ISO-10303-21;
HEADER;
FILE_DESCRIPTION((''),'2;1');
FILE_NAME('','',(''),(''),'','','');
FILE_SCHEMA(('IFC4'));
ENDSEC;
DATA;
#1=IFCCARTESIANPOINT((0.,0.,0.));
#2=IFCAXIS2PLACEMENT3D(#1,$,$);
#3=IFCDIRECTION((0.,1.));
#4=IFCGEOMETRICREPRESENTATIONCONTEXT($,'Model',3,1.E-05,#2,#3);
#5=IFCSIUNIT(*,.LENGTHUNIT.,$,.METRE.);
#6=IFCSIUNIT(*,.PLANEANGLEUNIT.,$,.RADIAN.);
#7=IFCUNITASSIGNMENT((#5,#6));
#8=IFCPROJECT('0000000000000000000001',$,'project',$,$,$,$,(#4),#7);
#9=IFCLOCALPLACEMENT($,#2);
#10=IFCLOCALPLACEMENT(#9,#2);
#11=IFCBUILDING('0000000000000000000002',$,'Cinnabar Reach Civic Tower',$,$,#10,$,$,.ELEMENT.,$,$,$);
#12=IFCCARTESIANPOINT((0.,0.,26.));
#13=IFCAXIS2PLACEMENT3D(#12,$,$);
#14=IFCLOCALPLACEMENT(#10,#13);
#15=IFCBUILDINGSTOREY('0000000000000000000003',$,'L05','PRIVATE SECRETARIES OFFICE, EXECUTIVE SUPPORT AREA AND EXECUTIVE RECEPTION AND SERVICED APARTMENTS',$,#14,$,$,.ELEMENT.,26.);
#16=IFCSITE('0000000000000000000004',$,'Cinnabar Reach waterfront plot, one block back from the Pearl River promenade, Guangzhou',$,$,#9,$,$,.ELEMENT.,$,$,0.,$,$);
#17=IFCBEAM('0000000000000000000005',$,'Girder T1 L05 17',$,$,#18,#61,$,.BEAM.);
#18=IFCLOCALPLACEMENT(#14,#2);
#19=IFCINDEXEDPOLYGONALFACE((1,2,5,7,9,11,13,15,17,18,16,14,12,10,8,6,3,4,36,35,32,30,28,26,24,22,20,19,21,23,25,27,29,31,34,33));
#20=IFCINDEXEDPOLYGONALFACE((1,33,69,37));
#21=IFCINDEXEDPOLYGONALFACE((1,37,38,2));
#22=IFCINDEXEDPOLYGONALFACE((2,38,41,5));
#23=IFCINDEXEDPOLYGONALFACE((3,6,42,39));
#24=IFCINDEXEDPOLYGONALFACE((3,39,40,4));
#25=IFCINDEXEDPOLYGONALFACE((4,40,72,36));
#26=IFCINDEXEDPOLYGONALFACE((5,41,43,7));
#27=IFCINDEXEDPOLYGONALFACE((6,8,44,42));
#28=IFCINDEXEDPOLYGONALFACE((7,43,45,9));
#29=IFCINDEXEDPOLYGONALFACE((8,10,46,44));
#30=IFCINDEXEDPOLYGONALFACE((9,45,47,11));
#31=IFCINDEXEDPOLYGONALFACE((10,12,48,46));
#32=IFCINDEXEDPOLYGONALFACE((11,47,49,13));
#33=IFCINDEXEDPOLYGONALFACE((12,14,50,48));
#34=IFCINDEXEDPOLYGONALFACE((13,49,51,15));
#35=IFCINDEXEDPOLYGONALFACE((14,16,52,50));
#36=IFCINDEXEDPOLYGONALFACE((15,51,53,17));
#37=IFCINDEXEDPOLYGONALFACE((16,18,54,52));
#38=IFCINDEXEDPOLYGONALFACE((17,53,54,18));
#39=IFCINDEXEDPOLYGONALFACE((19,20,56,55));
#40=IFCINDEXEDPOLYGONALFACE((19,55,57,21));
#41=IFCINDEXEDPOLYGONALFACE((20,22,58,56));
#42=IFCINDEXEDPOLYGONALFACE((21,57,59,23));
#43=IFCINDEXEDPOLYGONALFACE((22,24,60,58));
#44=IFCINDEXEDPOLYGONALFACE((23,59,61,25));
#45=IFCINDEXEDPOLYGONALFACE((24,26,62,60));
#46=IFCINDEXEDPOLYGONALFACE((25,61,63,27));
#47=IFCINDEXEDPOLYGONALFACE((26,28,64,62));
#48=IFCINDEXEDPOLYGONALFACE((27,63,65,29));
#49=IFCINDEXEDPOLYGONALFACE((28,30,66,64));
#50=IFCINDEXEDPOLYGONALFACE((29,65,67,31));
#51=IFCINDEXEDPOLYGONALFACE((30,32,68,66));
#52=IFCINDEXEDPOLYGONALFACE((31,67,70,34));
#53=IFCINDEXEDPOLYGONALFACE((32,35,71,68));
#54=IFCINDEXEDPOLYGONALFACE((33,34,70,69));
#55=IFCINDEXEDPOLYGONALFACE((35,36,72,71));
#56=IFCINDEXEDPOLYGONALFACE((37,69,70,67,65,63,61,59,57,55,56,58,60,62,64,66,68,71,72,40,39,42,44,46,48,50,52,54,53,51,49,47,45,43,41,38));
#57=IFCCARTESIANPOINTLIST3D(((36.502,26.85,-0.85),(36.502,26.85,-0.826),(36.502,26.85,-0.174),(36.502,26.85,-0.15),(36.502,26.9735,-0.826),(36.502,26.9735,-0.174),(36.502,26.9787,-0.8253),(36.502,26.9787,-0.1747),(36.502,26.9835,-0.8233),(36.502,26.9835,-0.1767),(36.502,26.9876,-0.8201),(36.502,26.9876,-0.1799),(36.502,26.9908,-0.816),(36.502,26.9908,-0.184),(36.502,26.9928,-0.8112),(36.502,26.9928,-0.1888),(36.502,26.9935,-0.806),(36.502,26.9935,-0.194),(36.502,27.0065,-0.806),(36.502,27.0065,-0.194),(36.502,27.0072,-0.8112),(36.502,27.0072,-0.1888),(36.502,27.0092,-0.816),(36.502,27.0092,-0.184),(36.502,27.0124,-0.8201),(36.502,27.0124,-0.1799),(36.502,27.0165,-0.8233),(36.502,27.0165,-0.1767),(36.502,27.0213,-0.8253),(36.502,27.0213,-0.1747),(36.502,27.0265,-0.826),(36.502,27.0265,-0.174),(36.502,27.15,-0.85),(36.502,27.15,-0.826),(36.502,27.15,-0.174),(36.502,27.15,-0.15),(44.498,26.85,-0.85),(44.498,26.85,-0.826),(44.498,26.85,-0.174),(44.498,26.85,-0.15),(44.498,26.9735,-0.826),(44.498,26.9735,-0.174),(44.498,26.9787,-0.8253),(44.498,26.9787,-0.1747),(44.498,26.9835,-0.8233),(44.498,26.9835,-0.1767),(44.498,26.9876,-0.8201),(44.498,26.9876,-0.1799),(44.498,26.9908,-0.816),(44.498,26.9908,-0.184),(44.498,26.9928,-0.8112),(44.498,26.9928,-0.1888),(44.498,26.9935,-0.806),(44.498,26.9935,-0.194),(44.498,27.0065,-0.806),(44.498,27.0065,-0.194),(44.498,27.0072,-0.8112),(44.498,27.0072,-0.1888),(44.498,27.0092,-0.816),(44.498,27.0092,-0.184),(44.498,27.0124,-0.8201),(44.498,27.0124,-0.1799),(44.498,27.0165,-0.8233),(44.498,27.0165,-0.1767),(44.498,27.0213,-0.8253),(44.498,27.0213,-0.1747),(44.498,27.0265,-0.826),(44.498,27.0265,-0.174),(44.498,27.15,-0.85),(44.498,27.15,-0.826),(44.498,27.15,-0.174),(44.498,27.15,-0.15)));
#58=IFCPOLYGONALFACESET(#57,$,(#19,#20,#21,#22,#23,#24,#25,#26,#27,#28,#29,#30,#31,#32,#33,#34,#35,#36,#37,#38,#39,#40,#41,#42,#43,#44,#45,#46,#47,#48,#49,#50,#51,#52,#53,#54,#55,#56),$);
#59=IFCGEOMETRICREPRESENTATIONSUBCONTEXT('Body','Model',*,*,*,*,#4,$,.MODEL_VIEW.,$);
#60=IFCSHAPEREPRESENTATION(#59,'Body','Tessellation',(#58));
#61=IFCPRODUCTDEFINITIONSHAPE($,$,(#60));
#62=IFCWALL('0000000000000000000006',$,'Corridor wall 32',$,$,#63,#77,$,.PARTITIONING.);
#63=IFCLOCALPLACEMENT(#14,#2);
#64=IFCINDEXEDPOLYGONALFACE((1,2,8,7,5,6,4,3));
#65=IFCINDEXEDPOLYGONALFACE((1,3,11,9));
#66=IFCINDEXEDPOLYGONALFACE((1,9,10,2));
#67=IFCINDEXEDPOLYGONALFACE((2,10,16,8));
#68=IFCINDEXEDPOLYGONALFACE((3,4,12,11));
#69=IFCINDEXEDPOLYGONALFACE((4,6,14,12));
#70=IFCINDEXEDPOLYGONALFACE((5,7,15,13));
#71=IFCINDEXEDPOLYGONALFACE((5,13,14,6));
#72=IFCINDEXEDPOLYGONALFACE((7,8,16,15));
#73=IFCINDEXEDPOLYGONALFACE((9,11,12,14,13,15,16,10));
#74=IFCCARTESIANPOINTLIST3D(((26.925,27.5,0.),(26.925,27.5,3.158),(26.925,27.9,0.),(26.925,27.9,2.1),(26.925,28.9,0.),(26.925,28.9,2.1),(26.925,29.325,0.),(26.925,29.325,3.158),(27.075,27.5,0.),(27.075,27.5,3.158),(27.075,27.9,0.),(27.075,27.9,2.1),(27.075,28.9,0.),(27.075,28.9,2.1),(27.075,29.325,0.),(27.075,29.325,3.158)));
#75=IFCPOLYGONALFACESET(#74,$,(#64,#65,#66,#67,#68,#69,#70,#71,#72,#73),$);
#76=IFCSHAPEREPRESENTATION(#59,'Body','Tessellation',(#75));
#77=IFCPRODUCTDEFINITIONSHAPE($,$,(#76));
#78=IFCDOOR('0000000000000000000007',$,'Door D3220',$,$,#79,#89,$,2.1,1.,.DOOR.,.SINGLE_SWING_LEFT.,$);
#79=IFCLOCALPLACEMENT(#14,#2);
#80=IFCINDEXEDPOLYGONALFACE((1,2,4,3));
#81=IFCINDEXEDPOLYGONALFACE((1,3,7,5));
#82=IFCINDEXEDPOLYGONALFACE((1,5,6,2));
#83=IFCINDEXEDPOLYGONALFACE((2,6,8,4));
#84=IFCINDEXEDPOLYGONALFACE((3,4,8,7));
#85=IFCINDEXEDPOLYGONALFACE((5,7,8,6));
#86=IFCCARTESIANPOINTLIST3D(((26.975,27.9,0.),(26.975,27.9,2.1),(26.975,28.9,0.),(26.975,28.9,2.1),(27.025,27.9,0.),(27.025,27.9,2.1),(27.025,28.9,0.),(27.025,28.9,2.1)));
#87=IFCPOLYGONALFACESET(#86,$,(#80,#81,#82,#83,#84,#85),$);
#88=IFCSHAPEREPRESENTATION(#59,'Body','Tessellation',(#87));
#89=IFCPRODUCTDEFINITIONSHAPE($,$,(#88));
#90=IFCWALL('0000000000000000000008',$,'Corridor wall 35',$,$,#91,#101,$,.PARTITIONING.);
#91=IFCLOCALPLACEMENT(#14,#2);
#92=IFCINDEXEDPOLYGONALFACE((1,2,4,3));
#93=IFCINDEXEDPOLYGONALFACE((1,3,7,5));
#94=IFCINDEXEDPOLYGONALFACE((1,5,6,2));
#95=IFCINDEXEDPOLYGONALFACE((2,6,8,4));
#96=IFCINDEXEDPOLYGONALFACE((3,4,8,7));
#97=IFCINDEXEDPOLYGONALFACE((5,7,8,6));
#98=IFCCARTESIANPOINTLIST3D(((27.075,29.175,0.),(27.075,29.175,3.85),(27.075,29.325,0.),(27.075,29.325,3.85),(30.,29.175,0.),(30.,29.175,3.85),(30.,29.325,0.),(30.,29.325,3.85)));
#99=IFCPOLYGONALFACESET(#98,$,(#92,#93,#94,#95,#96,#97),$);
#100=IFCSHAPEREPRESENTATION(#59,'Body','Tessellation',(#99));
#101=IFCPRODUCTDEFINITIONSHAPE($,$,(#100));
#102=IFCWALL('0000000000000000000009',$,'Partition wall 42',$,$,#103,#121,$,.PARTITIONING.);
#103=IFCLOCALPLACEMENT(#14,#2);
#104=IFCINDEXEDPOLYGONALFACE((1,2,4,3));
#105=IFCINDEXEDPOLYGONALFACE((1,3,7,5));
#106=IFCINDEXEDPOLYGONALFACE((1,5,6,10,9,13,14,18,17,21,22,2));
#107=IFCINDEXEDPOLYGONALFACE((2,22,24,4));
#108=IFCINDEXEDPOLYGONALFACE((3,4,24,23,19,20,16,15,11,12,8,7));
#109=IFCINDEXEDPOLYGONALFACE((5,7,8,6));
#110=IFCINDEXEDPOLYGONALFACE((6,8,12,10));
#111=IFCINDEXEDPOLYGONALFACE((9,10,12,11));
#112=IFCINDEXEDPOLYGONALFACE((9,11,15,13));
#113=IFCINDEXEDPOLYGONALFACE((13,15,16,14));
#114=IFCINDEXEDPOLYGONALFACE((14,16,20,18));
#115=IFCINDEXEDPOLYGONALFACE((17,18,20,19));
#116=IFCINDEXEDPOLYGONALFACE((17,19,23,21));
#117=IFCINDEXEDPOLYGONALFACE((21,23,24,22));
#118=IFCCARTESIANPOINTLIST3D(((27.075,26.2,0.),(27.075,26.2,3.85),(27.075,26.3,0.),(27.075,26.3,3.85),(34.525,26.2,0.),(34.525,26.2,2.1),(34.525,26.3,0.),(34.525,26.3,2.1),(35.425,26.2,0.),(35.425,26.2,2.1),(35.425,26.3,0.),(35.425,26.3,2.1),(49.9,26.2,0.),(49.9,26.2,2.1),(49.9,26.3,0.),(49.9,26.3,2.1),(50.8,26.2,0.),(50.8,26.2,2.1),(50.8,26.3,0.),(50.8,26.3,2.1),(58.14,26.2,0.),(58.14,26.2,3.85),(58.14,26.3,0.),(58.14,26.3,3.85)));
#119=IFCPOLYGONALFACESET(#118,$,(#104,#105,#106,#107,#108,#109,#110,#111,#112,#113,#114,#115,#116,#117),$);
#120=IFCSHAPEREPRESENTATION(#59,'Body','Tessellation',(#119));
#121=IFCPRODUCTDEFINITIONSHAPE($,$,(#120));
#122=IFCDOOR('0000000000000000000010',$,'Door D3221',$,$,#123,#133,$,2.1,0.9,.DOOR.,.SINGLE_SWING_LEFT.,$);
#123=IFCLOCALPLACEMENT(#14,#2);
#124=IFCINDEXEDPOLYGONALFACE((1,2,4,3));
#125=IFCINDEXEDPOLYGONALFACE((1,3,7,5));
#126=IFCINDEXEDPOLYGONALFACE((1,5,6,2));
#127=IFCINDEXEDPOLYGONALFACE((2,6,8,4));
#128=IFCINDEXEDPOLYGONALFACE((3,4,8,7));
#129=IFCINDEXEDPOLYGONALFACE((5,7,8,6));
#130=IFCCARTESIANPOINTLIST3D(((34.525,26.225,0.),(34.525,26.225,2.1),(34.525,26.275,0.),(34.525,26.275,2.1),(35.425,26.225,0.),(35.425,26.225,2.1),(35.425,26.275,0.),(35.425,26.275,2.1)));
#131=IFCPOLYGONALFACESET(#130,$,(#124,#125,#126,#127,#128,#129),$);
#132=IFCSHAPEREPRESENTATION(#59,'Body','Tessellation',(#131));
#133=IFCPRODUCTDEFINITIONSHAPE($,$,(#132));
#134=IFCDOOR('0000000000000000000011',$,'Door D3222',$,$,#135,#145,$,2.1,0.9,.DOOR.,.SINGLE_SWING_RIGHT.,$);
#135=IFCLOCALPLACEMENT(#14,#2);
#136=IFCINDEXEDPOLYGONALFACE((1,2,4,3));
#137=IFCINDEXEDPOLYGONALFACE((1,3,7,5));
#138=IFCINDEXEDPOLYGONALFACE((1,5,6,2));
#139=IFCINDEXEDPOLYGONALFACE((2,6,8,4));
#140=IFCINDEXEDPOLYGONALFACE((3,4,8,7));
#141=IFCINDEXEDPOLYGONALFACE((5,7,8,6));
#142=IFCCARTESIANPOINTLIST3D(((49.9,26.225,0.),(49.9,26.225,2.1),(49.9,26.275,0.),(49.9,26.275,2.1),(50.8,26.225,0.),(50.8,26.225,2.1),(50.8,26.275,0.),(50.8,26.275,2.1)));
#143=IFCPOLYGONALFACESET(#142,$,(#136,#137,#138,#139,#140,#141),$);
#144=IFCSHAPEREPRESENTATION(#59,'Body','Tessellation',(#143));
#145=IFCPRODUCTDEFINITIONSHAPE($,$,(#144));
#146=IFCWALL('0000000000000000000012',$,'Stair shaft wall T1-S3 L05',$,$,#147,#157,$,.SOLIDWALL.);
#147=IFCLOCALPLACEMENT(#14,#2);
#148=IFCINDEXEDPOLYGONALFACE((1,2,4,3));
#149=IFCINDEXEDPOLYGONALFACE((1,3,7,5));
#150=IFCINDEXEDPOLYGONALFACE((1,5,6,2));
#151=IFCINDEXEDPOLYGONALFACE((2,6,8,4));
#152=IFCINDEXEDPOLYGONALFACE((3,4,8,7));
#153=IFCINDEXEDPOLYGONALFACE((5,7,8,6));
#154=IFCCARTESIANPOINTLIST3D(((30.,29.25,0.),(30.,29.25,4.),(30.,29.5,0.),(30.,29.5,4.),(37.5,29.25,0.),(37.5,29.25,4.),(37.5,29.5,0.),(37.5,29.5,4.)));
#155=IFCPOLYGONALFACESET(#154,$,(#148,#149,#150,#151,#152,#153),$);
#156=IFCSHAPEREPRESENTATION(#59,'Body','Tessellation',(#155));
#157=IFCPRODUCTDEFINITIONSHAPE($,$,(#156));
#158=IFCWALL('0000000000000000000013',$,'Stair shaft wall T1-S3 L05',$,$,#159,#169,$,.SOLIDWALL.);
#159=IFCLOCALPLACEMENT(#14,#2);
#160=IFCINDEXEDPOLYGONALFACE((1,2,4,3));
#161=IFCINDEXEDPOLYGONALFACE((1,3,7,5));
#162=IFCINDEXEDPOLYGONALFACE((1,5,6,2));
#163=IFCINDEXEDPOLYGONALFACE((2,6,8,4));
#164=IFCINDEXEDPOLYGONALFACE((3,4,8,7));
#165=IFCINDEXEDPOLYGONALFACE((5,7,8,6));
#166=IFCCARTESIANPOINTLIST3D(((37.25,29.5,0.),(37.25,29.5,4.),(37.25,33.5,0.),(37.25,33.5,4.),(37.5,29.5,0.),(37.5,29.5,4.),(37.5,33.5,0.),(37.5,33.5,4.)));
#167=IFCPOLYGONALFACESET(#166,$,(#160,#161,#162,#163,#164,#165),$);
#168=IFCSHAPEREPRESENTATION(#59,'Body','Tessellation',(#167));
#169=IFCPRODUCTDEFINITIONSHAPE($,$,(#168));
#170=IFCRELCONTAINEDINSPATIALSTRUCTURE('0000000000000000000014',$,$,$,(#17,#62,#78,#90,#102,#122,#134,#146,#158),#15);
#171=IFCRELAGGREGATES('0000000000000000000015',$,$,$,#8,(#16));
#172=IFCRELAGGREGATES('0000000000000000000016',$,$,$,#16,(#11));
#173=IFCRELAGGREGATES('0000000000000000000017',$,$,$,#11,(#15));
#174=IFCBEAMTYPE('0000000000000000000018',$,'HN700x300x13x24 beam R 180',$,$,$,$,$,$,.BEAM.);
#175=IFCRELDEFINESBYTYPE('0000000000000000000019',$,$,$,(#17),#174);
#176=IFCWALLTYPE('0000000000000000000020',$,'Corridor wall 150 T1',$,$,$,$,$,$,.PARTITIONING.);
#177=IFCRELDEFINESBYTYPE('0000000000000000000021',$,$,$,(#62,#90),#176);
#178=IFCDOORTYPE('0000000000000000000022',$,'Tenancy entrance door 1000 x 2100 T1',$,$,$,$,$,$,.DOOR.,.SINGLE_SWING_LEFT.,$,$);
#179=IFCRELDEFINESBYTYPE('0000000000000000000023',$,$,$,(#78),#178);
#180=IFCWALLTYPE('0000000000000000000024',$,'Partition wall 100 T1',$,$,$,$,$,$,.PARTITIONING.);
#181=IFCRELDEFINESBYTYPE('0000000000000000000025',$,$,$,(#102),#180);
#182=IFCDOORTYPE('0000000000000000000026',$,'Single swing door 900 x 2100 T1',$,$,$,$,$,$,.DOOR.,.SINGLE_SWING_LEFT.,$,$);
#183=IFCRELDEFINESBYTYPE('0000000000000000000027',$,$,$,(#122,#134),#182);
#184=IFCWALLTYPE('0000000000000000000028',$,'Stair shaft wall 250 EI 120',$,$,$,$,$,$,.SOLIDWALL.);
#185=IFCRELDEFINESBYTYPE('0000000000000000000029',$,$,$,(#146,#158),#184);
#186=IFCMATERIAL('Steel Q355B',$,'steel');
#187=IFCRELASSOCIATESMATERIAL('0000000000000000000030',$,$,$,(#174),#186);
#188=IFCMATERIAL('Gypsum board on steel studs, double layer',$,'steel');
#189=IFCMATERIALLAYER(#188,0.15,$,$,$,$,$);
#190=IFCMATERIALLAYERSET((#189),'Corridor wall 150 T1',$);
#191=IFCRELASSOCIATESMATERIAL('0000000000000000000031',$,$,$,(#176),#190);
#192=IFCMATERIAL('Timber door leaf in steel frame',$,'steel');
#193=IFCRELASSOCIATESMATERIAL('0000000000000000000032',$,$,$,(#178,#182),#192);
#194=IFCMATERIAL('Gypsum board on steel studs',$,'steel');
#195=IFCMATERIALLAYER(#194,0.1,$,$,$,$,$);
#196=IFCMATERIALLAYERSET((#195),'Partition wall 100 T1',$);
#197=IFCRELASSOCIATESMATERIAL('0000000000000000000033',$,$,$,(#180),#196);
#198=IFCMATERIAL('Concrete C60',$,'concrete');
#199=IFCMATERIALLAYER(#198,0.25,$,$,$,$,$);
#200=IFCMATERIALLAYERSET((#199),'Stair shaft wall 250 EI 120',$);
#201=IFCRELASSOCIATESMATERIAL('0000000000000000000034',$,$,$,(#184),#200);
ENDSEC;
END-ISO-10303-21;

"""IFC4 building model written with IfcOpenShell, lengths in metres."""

from ifc_helpers import new_model, si_unit, direction, frame, frame_2d, origin, origin_2d, place, context, subcontext, project, spatial, rectangle, i_section, extrude, material, layer, layer_set, material_profile, profile_set, type_object, element, fill, save


model = new_model("IFC4")

# Units and contexts
model_context = context("Model", 3, precision=1e-05, world=origin(), true_north=direction((0.0, 1.0)))
body_context = subcontext(model_context, "Body", "Model", "MODEL_VIEW")
ifc_project = project(units=[si_unit("LENGTHUNIT", "METRE"), si_unit("PLANEANGLEUNIT", "RADIAN")], contexts=[model_context])

# Site, building, storey
site_placement = place(None, origin())
site = spatial("IfcSite", under=ifc_project, at=site_placement, Name="Cinnabar Reach waterfront plot, one block back from the Pearl River promenade, Guangzhou", CompositionType="ELEMENT", RefElevation=0.0)
building_placement = place(site_placement, origin())
building = spatial("IfcBuilding", under=site, at=building_placement, Name="Cinnabar Reach Civic Tower", CompositionType="ELEMENT")
storey_placement = place(building_placement, frame((0.0, 0.0, 26.0)))
storey = spatial("IfcBuildingStorey", under=building, at=storey_placement, Name="L05", Description="PRIVATE SECRETARIES OFFICE, EXECUTIVE SUPPORT AREA AND EXECUTIVE RECEPTION AND SERVICED APARTMENTS", CompositionType="ELEMENT", Elevation=26.0)

# Beam
ifc_material_1 = material(Name="Steel Q355B", Category="steel")
ifc_material_profile_1 = material_profile(ifc_material_1, i_section(OverallWidth=0.3, OverallDepth=0.7, WebThickness=0.013, FlangeThickness=0.024, FilletRadius=0.02, at=origin_2d()), Name="HN700x300x13x24")
ifc_profile_set_1 = profile_set([ifc_material_profile_1], Name="Steel Q355B")
beam_type_1 = type_object("IfcBeamType", Name="HN700x300x13x24 beam R 180", PredefinedType="BEAM", material=ifc_profile_set_1)
for number, where, z_axis, x_axis, name in (
    (1, (36.502, 27.0, -0.5), (1.0, 0.0, 0.0), (0.0, 1.0, 0.0), "Girder T1 L05 17"),
):
    element("IfcBeam", number, at=place(storey_placement, frame(where, z_axis=z_axis, x_axis=x_axis)), inside=storey, type_object=beam_type_1, Name=name, PredefinedType="BEAM", context=body_context, shape_type="SweptSolid", body=[
        extrude(i_section(OverallWidth=0.3, OverallDepth=0.7, WebThickness=0.013, FlangeThickness=0.024, FilletRadius=0.02, at=origin_2d()), origin(), (0.0, 0.0, 1.0), 7.996),
    ])

# Wall, opening, door
ifc_material_2 = material(Name="Gypsum board on steel studs, double layer", Category="steel")
ifc_layer_1 = layer(ifc_material_2, 0.15)
ifc_layer_set_1 = layer_set([ifc_layer_1], Name="Corridor wall 150 T1")
wall_type_1 = type_object("IfcWallType", Name="Corridor wall 150 T1", PredefinedType="PARTITIONING", material=ifc_layer_set_1)
wall_1_placement = place(storey_placement, frame((27.0, 27.5, 0.0), z_axis=(0.0, 0.0, 1.0), x_axis=(0.0, 1.0, 0.0)))
wall_1 = element("IfcWall", 2, at=wall_1_placement, inside=storey, type_object=wall_type_1, Name="Corridor wall 32", PredefinedType="PARTITIONING", context=body_context, shape_type="SweptSolid", body=[
    extrude(rectangle(XDim=1.825, YDim=0.15, at=frame_2d((0.9125, 0.0))), origin(), (0.0, 0.0, 1.0), 3.158),
])
opening_1_placement = place(wall_1_placement, frame((0.4, 0.0, 0.0)))
opening_1 = element("IfcOpeningElement", 3, at=opening_1_placement, cuts=wall_1, PredefinedType="OPENING", context=body_context, shape_type="SweptSolid", body=[
    extrude(rectangle(XDim=1.0, YDim=2.1, at=frame_2d((0.5, 1.05))), frame((0.0, 0.085, 0.0), z_axis=(0.0, -1.0, 0.0), x_axis=(1.0, 0.0, 0.0)), (0.0, 0.0, 1.0), 0.17),
])
ifc_material_3 = material(Name="Timber door leaf in steel frame", Category="steel")
door_type_1 = type_object("IfcDoorType", Name="Tenancy entrance door 1000 x 2100 T1", OperationType="SINGLE_SWING_LEFT", PredefinedType="DOOR", material=ifc_material_3)
door_1_placement = place(opening_1_placement, frame((1.0, 0.0, 0.0), z_axis=(0.0, 0.0, 1.0), x_axis=(-1.0, 0.0, 0.0)))
door_1 = element("IfcDoor", 4, at=door_1_placement, inside=storey, type_object=door_type_1, Name="Door D3220", OperationType="SINGLE_SWING_LEFT", OverallHeight=2.1, OverallWidth=1.0, PredefinedType="DOOR", context=body_context, shape_type="SweptSolid", body=[
    extrude(rectangle(XDim=1.0, YDim=2.1, at=frame_2d((0.5, 1.05))), frame((0.0, 0.025, 0.0), z_axis=(0.0, -1.0, 0.0), x_axis=(1.0, 0.0, 0.0)), (0.0, 0.0, 1.0), 0.05),
])
fill(opening_1, door_1)

# Wall
wall_2_placement = place(storey_placement, frame((27.075, 29.25, 0.0), z_axis=(0.0, 0.0, 1.0), x_axis=(1.0, 0.0, 0.0)))
element("IfcWall", 5, at=wall_2_placement, inside=storey, type_object=wall_type_1, Name="Corridor wall 35", PredefinedType="PARTITIONING", context=body_context, shape_type="SweptSolid", body=[
    extrude(rectangle(XDim=2.925, YDim=0.15, at=frame_2d((1.4625, 0.0))), origin(), (0.0, 0.0, 1.0), 3.85),
])

# Wall, openings, doors
ifc_material_4 = material(Name="Gypsum board on steel studs", Category="steel")
ifc_layer_2 = layer(ifc_material_4, 0.1)
ifc_layer_set_2 = layer_set([ifc_layer_2], Name="Partition wall 100 T1")
wall_type_2 = type_object("IfcWallType", Name="Partition wall 100 T1", PredefinedType="PARTITIONING", material=ifc_layer_set_2)
wall_3_placement = place(storey_placement, frame((27.075, 26.25, 0.0), z_axis=(0.0, 0.0, 1.0), x_axis=(1.0, 0.0, 0.0)))
wall_3 = element("IfcWall", 6, at=wall_3_placement, inside=storey, type_object=wall_type_2, Name="Partition wall 42", PredefinedType="PARTITIONING", context=body_context, shape_type="SweptSolid", body=[
    extrude(rectangle(XDim=31.065, YDim=0.1, at=frame_2d((15.5325, 0.0))), origin(), (0.0, 0.0, 1.0), 3.85),
])
opening_2_placement = place(wall_3_placement, frame((7.45, 0.0, 0.0)))
opening_2 = element("IfcOpeningElement", 7, at=opening_2_placement, cuts=wall_3, PredefinedType="OPENING", context=body_context, shape_type="SweptSolid", body=[
    extrude(rectangle(XDim=0.9, YDim=2.1, at=frame_2d((0.45, 1.05))), frame((0.0, 0.06, 0.0), z_axis=(0.0, -1.0, 0.0), x_axis=(1.0, 0.0, 0.0)), (0.0, 0.0, 1.0), 0.12),
])
opening_3_placement = place(wall_3_placement, frame((22.825, 0.0, 0.0)))
opening_3 = element("IfcOpeningElement", 8, at=opening_3_placement, cuts=wall_3, PredefinedType="OPENING", context=body_context, shape_type="SweptSolid", body=[
    extrude(rectangle(XDim=0.9, YDim=2.1, at=frame_2d((0.45, 1.05))), frame((0.0, 0.06, 0.0), z_axis=(0.0, -1.0, 0.0), x_axis=(1.0, 0.0, 0.0)), (0.0, 0.0, 1.0), 0.12),
])
door_type_2 = type_object("IfcDoorType", Name="Single swing door 900 x 2100 T1", OperationType="SINGLE_SWING_LEFT", PredefinedType="DOOR", material=ifc_material_3)
door_2_placement = place(opening_2_placement, frame((0.9, 0.0, 0.0), z_axis=(0.0, 0.0, 1.0), x_axis=(-1.0, 0.0, 0.0)))
door_2 = element("IfcDoor", 9, at=door_2_placement, inside=storey, type_object=door_type_2, Name="Door D3221", OperationType="SINGLE_SWING_LEFT", OverallHeight=2.1, OverallWidth=0.9, PredefinedType="DOOR", context=body_context, shape_type="SweptSolid", body=[
    extrude(rectangle(XDim=0.9, YDim=2.1, at=frame_2d((0.45, 1.05))), frame((0.0, 0.025, 0.0), z_axis=(0.0, -1.0, 0.0), x_axis=(1.0, 0.0, 0.0)), (0.0, 0.0, 1.0), 0.05),
])
fill(opening_2, door_2)
door_3_placement = place(opening_3_placement, frame((0.9, 0.0, 0.0), z_axis=(0.0, 0.0, 1.0), x_axis=(-1.0, 0.0, 0.0)))
door_3 = element("IfcDoor", 10, at=door_3_placement, inside=storey, type_object=door_type_2, Name="Door D3222", OperationType="SINGLE_SWING_RIGHT", OverallHeight=2.1, OverallWidth=0.9, PredefinedType="DOOR", context=body_context, shape_type="SweptSolid", body=[
    extrude(rectangle(XDim=0.9, YDim=2.1, at=frame_2d((0.45, 1.05))), frame((0.0, 0.025, 0.0), z_axis=(0.0, -1.0, 0.0), x_axis=(1.0, 0.0, 0.0)), (0.0, 0.0, 1.0), 0.05),
])
fill(opening_3, door_3)

# Walls
ifc_material_5 = material(Name="Concrete C60", Category="concrete")
ifc_layer_3 = layer(ifc_material_5, 0.25)
ifc_layer_set_3 = layer_set([ifc_layer_3], Name="Stair shaft wall 250 EI 120")
wall_type_3 = type_object("IfcWallType", Name="Stair shaft wall 250 EI 120", PredefinedType="SOLIDWALL", material=ifc_layer_set_3)
wall_4_placement = place(storey_placement, frame((30.0, 29.375, 0.0), z_axis=(0.0, 0.0, 1.0), x_axis=(1.0, 0.0, 0.0)))
element("IfcWall", 11, at=wall_4_placement, inside=storey, type_object=wall_type_3, Name="Stair shaft wall T1-S3 L05", PredefinedType="SOLIDWALL", context=body_context, shape_type="SweptSolid", body=[
    extrude(rectangle(XDim=7.5, YDim=0.25, at=frame_2d((3.75, 0.0))), origin(), (0.0, 0.0, 1.0), 4.0),
])
wall_5_placement = place(storey_placement, frame((37.375, 29.5, 0.0), z_axis=(0.0, 0.0, 1.0), x_axis=(0.0, 1.0, 0.0)))
element("IfcWall", 12, at=wall_5_placement, inside=storey, type_object=wall_type_3, Name="Stair shaft wall T1-S3 L05", PredefinedType="SOLIDWALL", context=body_context, shape_type="SweptSolid", body=[
    extrude(rectangle(XDim=4.0, YDim=0.25, at=frame_2d((2.0, 0.0))), origin(), (0.0, 0.0, 1.0), 4.0),
])

save(model, "model.ifc")
